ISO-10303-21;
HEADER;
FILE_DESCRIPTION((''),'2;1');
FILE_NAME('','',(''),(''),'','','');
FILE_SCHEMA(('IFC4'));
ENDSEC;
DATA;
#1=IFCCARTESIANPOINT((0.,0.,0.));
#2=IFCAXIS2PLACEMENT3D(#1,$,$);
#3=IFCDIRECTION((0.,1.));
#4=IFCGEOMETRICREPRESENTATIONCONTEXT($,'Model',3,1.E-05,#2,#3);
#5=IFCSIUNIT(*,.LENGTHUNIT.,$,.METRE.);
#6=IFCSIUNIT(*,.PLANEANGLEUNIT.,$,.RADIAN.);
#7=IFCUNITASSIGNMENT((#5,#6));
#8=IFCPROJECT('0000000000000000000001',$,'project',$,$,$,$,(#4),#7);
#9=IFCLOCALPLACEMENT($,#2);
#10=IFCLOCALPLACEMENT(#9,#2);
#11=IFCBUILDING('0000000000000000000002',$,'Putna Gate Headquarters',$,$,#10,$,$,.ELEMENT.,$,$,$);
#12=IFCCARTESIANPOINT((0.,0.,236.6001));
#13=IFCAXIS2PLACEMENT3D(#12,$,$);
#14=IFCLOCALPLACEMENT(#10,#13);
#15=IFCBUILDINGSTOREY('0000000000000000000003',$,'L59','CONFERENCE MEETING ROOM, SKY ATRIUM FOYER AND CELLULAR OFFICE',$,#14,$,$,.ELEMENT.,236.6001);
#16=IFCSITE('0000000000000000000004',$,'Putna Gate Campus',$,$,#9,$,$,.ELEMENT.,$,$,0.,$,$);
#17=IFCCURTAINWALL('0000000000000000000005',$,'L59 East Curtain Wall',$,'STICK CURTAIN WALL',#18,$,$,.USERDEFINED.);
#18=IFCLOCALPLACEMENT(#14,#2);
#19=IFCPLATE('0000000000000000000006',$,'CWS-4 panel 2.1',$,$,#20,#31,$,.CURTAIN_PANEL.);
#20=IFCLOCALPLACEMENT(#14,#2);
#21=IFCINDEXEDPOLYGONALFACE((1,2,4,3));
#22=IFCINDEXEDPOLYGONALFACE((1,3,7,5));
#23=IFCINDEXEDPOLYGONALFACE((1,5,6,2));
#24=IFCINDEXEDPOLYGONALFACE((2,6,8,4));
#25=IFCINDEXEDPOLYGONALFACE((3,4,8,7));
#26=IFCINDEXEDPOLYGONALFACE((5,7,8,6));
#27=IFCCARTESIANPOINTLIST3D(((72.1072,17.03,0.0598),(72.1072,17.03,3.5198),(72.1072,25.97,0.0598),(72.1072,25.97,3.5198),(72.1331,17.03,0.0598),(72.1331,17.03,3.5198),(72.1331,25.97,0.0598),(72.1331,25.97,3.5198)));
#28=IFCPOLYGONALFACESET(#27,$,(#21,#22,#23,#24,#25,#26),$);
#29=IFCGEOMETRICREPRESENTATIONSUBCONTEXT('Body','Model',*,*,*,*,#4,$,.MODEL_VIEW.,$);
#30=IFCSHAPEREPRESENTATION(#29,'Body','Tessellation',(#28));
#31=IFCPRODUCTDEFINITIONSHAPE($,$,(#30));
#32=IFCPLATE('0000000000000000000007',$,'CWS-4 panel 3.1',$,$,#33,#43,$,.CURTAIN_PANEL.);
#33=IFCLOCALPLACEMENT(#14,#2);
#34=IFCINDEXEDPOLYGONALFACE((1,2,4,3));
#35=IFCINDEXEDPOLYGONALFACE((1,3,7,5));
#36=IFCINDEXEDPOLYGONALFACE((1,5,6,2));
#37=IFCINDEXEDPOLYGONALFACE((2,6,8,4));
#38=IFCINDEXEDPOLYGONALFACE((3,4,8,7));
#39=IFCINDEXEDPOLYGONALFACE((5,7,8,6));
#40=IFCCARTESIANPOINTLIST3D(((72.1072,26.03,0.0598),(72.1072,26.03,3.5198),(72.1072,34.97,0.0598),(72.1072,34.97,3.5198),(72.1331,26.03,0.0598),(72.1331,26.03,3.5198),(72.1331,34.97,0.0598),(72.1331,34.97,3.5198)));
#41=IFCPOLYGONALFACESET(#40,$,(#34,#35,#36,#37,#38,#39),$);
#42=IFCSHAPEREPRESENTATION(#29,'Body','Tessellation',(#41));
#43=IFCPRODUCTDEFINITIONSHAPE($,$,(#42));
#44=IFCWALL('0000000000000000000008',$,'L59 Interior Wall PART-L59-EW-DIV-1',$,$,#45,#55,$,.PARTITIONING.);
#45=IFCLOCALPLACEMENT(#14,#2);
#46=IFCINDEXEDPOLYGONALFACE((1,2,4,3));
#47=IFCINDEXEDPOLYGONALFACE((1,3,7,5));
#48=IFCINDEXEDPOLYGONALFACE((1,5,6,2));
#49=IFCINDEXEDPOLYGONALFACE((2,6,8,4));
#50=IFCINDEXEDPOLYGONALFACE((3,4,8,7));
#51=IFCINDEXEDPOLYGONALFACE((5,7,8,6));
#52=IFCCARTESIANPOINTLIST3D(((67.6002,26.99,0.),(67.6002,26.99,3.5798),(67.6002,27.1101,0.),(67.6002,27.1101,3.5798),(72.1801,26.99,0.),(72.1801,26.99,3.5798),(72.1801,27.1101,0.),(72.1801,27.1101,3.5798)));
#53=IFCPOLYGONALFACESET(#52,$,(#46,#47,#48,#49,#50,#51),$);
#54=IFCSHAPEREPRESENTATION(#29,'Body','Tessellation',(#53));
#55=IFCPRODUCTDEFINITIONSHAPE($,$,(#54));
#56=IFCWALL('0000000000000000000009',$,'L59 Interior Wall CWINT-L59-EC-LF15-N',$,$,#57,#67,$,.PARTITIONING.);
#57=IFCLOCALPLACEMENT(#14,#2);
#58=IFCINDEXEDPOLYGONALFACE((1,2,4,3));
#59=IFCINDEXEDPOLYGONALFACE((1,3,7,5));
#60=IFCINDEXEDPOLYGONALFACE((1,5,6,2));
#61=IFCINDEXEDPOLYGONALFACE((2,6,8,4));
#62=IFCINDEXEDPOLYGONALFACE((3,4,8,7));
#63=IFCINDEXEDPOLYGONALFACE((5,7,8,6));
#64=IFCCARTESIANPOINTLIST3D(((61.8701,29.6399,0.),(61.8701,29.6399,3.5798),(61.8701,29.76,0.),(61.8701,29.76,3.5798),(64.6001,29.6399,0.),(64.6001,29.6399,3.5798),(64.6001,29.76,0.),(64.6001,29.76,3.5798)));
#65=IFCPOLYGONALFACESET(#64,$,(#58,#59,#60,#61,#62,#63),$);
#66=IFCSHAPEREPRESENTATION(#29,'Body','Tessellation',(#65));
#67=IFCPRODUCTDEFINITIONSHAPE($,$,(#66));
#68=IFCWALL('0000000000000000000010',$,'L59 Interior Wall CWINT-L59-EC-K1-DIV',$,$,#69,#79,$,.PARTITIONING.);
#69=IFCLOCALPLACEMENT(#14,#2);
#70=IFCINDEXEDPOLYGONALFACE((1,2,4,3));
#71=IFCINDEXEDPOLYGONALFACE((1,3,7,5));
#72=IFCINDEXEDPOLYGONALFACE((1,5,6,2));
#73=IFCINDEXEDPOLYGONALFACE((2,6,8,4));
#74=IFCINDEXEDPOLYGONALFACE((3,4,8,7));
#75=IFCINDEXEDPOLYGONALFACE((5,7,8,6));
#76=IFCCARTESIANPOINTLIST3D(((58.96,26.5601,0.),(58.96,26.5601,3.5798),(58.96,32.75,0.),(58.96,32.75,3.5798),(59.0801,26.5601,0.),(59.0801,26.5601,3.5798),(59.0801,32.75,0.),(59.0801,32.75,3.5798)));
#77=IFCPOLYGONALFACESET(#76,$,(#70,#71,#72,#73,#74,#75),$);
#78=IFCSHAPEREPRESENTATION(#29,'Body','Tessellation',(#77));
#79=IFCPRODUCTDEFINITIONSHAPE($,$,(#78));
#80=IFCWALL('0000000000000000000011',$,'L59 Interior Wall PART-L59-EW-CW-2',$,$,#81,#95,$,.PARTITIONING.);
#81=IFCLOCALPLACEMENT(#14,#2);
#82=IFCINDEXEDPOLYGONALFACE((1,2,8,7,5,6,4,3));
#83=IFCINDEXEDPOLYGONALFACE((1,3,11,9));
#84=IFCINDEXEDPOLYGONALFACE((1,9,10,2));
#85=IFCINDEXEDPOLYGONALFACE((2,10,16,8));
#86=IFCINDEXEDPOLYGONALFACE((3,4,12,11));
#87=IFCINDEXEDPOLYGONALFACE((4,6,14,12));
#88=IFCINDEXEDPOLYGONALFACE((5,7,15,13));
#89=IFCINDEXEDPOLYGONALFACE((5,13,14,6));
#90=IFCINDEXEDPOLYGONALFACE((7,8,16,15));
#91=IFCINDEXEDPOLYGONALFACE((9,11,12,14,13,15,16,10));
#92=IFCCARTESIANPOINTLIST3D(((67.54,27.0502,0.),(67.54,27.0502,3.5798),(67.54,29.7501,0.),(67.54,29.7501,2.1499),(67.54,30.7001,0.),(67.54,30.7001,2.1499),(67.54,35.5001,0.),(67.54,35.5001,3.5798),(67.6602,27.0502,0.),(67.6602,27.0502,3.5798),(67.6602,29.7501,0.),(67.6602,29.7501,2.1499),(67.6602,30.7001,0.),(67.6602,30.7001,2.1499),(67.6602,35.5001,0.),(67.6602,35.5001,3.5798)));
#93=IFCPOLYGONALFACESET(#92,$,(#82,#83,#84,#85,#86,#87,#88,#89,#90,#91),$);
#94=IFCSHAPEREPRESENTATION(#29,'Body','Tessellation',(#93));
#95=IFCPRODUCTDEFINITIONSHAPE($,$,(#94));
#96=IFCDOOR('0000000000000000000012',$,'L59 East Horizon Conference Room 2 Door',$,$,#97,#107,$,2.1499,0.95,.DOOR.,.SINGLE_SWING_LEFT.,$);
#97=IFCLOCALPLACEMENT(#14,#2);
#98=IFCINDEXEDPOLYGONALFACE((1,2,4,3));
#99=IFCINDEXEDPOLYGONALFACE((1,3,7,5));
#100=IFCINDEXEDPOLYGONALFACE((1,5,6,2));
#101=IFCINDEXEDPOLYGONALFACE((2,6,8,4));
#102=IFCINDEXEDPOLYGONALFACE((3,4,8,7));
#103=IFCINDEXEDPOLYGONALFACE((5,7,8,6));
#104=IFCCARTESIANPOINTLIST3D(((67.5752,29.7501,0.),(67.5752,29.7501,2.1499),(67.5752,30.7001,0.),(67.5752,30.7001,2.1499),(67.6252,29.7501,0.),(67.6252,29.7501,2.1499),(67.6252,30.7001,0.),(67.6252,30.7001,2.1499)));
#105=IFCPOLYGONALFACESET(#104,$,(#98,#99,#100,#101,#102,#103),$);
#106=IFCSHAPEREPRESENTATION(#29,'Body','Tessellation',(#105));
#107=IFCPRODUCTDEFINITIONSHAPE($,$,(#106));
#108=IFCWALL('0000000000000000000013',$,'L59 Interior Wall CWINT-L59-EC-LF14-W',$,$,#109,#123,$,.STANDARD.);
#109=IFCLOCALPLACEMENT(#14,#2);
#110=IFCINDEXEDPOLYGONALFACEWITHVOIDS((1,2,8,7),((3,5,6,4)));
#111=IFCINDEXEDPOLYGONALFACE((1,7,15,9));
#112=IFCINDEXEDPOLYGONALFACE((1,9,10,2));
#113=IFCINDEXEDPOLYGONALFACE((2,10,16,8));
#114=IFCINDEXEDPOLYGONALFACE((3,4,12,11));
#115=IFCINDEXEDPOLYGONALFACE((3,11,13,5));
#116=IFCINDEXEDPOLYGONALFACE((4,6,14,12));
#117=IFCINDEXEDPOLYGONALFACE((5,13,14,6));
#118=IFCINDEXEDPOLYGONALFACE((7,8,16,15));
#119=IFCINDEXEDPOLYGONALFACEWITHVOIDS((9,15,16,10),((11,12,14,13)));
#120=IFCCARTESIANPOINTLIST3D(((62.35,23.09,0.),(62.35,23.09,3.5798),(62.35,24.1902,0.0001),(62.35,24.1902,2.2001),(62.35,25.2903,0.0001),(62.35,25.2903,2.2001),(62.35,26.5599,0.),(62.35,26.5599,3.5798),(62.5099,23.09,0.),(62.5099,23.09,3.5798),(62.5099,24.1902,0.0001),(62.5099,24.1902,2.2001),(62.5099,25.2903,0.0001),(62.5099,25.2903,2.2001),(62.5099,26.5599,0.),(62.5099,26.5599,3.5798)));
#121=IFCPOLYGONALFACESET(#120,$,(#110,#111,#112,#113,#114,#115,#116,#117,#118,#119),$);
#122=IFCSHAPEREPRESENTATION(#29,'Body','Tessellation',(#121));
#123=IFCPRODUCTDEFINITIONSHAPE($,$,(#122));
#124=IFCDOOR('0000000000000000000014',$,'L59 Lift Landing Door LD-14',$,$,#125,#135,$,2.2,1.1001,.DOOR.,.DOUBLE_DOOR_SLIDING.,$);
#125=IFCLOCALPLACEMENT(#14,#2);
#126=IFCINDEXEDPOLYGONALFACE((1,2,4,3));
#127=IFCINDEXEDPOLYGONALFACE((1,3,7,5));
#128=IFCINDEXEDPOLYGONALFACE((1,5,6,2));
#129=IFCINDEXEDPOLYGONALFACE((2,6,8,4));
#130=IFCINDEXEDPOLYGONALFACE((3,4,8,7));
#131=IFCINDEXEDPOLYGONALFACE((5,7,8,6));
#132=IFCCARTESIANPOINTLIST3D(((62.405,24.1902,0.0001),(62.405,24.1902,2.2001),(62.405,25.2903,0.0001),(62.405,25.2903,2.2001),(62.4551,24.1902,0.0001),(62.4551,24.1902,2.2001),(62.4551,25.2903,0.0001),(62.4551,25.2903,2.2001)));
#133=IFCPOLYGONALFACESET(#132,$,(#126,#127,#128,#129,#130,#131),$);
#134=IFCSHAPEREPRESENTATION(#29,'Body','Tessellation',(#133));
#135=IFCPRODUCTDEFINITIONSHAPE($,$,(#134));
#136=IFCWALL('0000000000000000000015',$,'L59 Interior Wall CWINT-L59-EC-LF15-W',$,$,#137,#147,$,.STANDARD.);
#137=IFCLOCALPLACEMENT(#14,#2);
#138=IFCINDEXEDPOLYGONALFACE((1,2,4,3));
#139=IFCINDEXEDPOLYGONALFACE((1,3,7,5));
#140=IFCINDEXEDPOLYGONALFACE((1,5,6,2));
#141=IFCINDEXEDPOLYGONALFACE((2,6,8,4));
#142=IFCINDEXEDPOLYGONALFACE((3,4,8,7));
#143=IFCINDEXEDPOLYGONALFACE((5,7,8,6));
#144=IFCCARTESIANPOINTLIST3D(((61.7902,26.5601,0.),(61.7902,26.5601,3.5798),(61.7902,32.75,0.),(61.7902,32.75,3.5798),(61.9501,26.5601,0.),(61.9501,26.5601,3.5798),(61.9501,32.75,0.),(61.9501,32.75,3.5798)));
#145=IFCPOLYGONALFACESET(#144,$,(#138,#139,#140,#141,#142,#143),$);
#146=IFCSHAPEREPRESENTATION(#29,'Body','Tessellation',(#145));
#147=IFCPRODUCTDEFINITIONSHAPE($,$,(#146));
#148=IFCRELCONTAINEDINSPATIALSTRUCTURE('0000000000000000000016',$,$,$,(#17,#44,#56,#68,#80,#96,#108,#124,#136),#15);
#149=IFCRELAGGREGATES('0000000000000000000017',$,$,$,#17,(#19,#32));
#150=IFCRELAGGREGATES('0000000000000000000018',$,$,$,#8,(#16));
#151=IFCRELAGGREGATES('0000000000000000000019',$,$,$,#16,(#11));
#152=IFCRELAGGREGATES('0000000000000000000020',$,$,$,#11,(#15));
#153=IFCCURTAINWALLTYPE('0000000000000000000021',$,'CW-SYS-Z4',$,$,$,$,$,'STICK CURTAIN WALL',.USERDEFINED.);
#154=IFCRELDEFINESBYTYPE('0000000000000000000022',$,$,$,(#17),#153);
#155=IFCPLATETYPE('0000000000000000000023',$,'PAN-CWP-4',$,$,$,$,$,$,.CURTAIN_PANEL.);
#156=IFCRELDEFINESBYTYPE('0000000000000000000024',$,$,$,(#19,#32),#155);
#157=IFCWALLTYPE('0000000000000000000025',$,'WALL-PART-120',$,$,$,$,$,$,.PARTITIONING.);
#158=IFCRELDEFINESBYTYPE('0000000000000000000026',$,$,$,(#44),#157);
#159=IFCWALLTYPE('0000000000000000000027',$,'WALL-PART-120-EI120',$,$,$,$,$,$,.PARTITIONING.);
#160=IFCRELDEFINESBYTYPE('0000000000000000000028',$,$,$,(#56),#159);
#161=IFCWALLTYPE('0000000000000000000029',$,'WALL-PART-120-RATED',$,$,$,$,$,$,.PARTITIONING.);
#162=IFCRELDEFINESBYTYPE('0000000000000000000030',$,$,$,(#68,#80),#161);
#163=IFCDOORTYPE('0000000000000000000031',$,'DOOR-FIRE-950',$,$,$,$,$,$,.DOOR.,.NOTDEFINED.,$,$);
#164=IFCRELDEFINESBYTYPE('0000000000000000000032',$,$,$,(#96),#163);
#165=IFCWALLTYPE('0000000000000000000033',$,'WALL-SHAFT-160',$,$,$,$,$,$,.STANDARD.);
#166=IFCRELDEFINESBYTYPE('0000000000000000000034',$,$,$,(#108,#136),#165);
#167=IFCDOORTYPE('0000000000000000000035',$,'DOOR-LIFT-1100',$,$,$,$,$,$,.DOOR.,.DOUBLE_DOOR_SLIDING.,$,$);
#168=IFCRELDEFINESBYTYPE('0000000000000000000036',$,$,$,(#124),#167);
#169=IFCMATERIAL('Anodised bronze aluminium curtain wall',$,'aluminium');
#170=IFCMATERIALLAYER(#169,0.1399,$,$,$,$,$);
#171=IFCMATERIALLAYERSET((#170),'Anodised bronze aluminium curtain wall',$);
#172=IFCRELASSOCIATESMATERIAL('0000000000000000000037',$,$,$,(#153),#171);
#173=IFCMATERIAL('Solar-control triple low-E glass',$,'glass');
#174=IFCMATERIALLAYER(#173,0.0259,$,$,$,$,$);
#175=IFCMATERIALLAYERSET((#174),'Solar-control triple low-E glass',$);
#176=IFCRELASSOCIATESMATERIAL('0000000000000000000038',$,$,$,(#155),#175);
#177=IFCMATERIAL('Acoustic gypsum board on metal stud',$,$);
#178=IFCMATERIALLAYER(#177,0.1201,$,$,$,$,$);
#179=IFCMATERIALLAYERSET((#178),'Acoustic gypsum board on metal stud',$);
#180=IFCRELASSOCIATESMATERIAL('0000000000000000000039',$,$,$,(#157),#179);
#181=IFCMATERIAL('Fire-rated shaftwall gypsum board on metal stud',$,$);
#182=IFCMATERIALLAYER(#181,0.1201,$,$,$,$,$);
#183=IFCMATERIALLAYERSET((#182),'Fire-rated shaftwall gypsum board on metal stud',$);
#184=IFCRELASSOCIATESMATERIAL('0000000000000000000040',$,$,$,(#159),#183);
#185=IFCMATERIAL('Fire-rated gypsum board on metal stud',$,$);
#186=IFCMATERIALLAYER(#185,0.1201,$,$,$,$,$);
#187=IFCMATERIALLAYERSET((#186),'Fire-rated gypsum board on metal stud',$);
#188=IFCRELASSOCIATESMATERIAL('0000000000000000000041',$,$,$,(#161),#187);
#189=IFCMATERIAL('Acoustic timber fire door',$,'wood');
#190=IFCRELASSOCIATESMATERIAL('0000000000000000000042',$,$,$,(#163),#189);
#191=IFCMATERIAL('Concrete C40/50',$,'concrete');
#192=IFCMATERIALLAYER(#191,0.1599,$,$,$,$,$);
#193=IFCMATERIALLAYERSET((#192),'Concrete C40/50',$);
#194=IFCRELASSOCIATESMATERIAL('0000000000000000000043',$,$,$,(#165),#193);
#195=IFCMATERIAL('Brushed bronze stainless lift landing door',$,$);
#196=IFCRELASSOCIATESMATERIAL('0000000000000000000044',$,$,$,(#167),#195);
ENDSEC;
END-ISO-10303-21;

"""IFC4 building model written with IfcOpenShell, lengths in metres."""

from ifc_helpers import new_model, si_unit, direction, frame, frame_2d, origin, origin_2d, place, context, subcontext, project, spatial, rectangle, extrude, material, layer, layer_set, type_object, element, fill, aggregate, save


model = new_model("IFC4")

# Units and contexts
model_context = context("Model", 3, precision=1e-05, world=origin(), true_north=direction((0.0, 1.0)))
body_context = subcontext(model_context, "Body", "Model", "MODEL_VIEW")
ifc_project = project(units=[si_unit("LENGTHUNIT", "METRE"), si_unit("PLANEANGLEUNIT", "RADIAN")], contexts=[model_context])

# Site, building, storey
site_placement = place(None, origin())
site = spatial("IfcSite", under=ifc_project, at=site_placement, Name="Putna Gate Campus", CompositionType="ELEMENT", RefElevation=0.0)
building_placement = place(site_placement, origin())
building = spatial("IfcBuilding", under=site, at=building_placement, Name="Putna Gate Headquarters", CompositionType="ELEMENT")
storey_placement = place(building_placement, frame((0.0, 0.0, 236.6001)))
storey = spatial("IfcBuildingStorey", under=building, at=storey_placement, Name="L59", Description="CONFERENCE MEETING ROOM, SKY ATRIUM FOYER AND CELLULAR OFFICE", CompositionType="ELEMENT", Elevation=236.6001)

# Curtain wall, plates
ifc_material_1 = material(Name="Anodised bronze aluminium curtain wall", Category="aluminium")
ifc_layer_1 = layer(ifc_material_1, 0.1399)
ifc_layer_set_1 = layer_set([ifc_layer_1], Name="Anodised bronze aluminium curtain wall")
curtain_wall_type = type_object("IfcCurtainWallType", Name="CW-SYS-Z4", ElementType="STICK CURTAIN WALL", PredefinedType="USERDEFINED", material=ifc_layer_set_1)
curtain_wall_placement = place(storey_placement, origin())
curtain_wall = element("IfcCurtainWall", 1, at=curtain_wall_placement, inside=storey, type_object=curtain_wall_type, Name="L59 East Curtain Wall", ObjectType="STICK CURTAIN WALL", PredefinedType="USERDEFINED")
ifc_material_2 = material(Name="Solar-control triple low-E glass", Category="glass")
ifc_layer_2 = layer(ifc_material_2, 0.0259)
ifc_layer_set_2 = layer_set([ifc_layer_2], Name="Solar-control triple low-E glass")
plate_type = type_object("IfcPlateType", Name="PAN-CWP-4", PredefinedType="CURTAIN_PANEL", material=ifc_layer_set_2)
plate_1_placement = place(storey_placement, frame((72.1201, 21.5, 0.0598), z_axis=(0.0, 0.0, 1.0), x_axis=(0.0, 1.0, 0.0)))
plate_1 = element("IfcPlate", 2, at=plate_1_placement, type_object=plate_type, Name="CWS-4 panel 2.1", PredefinedType="CURTAIN_PANEL", context=body_context, shape_type="SweptSolid", body=[
    extrude(rectangle(XDim=8.9399, YDim=0.0259, at=origin_2d()), origin(), (0.0, 0.0, 1.0), 3.46),
])
plate_2_placement = place(storey_placement, frame((72.1201, 30.5, 0.0598), z_axis=(0.0, 0.0, 1.0), x_axis=(0.0, 1.0, 0.0)))
plate_2 = element("IfcPlate", 3, at=plate_2_placement, type_object=plate_type, Name="CWS-4 panel 3.1", PredefinedType="CURTAIN_PANEL", context=body_context, shape_type="SweptSolid", body=[
    extrude(rectangle(XDim=8.9399, YDim=0.0259, at=origin_2d()), origin(), (0.0, 0.0, 1.0), 3.46),
])
aggregate(curtain_wall, [plate_1, plate_2])

# Walls
ifc_material_3 = material(Name="Acoustic gypsum board on metal stud")
ifc_layer_3 = layer(ifc_material_3, 0.1201)
ifc_layer_set_3 = layer_set([ifc_layer_3], Name="Acoustic gypsum board on metal stud")
wall_type_1 = type_object("IfcWallType", Name="WALL-PART-120", PredefinedType="PARTITIONING", material=ifc_layer_set_3)
wall_1_placement = place(storey_placement, frame((67.6001, 27.05, 0.0), z_axis=(0.0, 0.0, 1.0), x_axis=(1.0, 0.0, 0.0)))
element("IfcWall", 4, at=wall_1_placement, inside=storey, type_object=wall_type_1, Name="L59 Interior Wall PART-L59-EW-DIV-1", PredefinedType="PARTITIONING", context=body_context, shape_type="SweptSolid", body=[
    extrude(rectangle(XDim=4.5798, YDim=0.1201, at=frame_2d((2.29, 0.0))), origin(), (0.0, 0.0, 1.0), 3.5798),
])
ifc_material_4 = material(Name="Fire-rated shaftwall gypsum board on metal stud")
ifc_layer_4 = layer(ifc_material_4, 0.1201)
ifc_layer_set_4 = layer_set([ifc_layer_4], Name="Fire-rated shaftwall gypsum board on metal stud")
wall_type_2 = type_object("IfcWallType", Name="WALL-PART-120-EI120", PredefinedType="PARTITIONING", material=ifc_layer_set_4)
wall_2_placement = place(storey_placement, frame((61.8701, 29.7, 0.0), z_axis=(0.0, 0.0, 1.0), x_axis=(1.0, 0.0, 0.0)))
element("IfcWall", 5, at=wall_2_placement, inside=storey, type_object=wall_type_2, Name="L59 Interior Wall CWINT-L59-EC-LF15-N", PredefinedType="PARTITIONING", context=body_context, shape_type="SweptSolid", body=[
    extrude(rectangle(XDim=2.73, YDim=0.1201, at=frame_2d((1.365, 0.0))), origin(), (0.0, 0.0, 1.0), 3.5798),
])
ifc_material_5 = material(Name="Fire-rated gypsum board on metal stud")
ifc_layer_5 = layer(ifc_material_5, 0.1201)
ifc_layer_set_5 = layer_set([ifc_layer_5], Name="Fire-rated gypsum board on metal stud")
wall_type_3 = type_object("IfcWallType", Name="WALL-PART-120-RATED", PredefinedType="PARTITIONING", material=ifc_layer_set_5)
wall_3_placement = place(storey_placement, frame((59.02, 26.5601, 0.0), z_axis=(0.0, 0.0, 1.0), x_axis=(0.0, 1.0, 0.0)))
element("IfcWall", 6, at=wall_3_placement, inside=storey, type_object=wall_type_3, Name="L59 Interior Wall CWINT-L59-EC-K1-DIV", PredefinedType="PARTITIONING", context=body_context, shape_type="SweptSolid", body=[
    extrude(rectangle(XDim=6.1899, YDim=0.1201, at=frame_2d((3.095, 0.0))), origin(), (0.0, 0.0, 1.0), 3.5798),
])

# Walls, openings, doors
wall_4_placement = place(storey_placement, frame((67.6001, 27.05, 0.0), z_axis=(0.0, 0.0, 1.0), x_axis=(0.0, 1.0, 0.0)))
wall_4 = element("IfcWall", 7, at=wall_4_placement, inside=storey, type_object=wall_type_3, Name="L59 Interior Wall PART-L59-EW-CW-2", PredefinedType="PARTITIONING", context=body_context, shape_type="SweptSolid", body=[
    extrude(rectangle(XDim=8.45, YDim=0.1201, at=frame_2d((4.2251, 0.0))), origin(), (0.0, 0.0, 1.0), 3.5798),
])
opening_1_placement = place(wall_4_placement, frame((2.7, 0.0, 0.0)))
opening_1 = element("IfcOpeningElement", 8, at=opening_1_placement, cuts=wall_4, PredefinedType="OPENING", context=body_context, shape_type="SweptSolid", body=[
    extrude(rectangle(XDim=0.95, YDim=2.1499, at=frame_2d((0.4751, 1.075))), frame((0.0, 0.0701, 0.0), z_axis=(0.0, -1.0, 0.0), x_axis=(1.0, 0.0, 0.0)), (0.0, 0.0, 1.0), 0.1401),
])
ifc_material_6 = material(Name="Acoustic timber fire door", Category="wood")
door_type_1 = type_object("IfcDoorType", Name="DOOR-FIRE-950", OperationType="NOTDEFINED", PredefinedType="DOOR", material=ifc_material_6)
door_1_placement = place(opening_1_placement, origin())
door_1 = element("IfcDoor", 9, at=door_1_placement, inside=storey, type_object=door_type_1, Name="L59 East Horizon Conference Room 2 Door", OperationType="SINGLE_SWING_LEFT", OverallHeight=2.1499, OverallWidth=0.95, PredefinedType="DOOR", context=body_context, shape_type="SweptSolid", body=[
    extrude(rectangle(XDim=0.95, YDim=2.1499, at=frame_2d((0.4751, 1.075))), frame((0.0, 0.0249, 0.0), z_axis=(0.0, -1.0, 0.0), x_axis=(1.0, 0.0, 0.0)), (0.0, 0.0, 1.0), 0.05),
])
fill(opening_1, door_1)
ifc_material_7 = material(Name="Concrete C40/50", Category="concrete")
ifc_layer_6 = layer(ifc_material_7, 0.1599)
ifc_layer_set_6 = layer_set([ifc_layer_6], Name="Concrete C40/50")
wall_type_4 = type_object("IfcWallType", Name="WALL-SHAFT-160", PredefinedType="STANDARD", material=ifc_layer_set_6)
wall_5_placement = place(storey_placement, frame((62.4299, 23.0901, 0.0), z_axis=(0.0, 0.0, 1.0), x_axis=(0.0, 1.0, 0.0)))
wall_5 = element("IfcWall", 10, at=wall_5_placement, inside=storey, type_object=wall_type_4, Name="L59 Interior Wall CWINT-L59-EC-LF14-W", PredefinedType="STANDARD", context=body_context, shape_type="SweptSolid", body=[
    extrude(rectangle(XDim=3.47, YDim=0.1599, at=frame_2d((1.7349, 0.0))), origin(), (0.0, 0.0, 1.0), 3.5798),
])
opening_2_placement = place(wall_5_placement, frame((1.1001, 0.0, 0.0)))
opening_2 = element("IfcOpeningElement", 11, at=opening_2_placement, cuts=wall_5, PredefinedType="OPENING", context=body_context, shape_type="SweptSolid", body=[
    extrude(rectangle(XDim=1.1001, YDim=2.2, at=frame_2d((0.55, 1.1001))), frame((0.0, 0.0898, 0.0), z_axis=(0.0, -1.0, 0.0), x_axis=(1.0, 0.0, 0.0)), (0.0, 0.0, 1.0), 0.1799),
])
ifc_material_8 = material(Name="Brushed bronze stainless lift landing door")
door_type_2 = type_object("IfcDoorType", Name="DOOR-LIFT-1100", OperationType="DOUBLE_DOOR_SLIDING", PredefinedType="DOOR", material=ifc_material_8)
door_2_placement = place(opening_2_placement, origin())
door_2 = element("IfcDoor", 12, at=door_2_placement, inside=storey, type_object=door_type_2, Name="L59 Lift Landing Door LD-14", OperationType="DOUBLE_DOOR_SLIDING", OverallHeight=2.2, OverallWidth=1.1001, PredefinedType="DOOR", context=body_context, shape_type="SweptSolid", body=[
    extrude(rectangle(XDim=1.1001, YDim=2.2, at=frame_2d((0.55, 1.1001))), frame((0.0, 0.0249, 0.0), z_axis=(0.0, -1.0, 0.0), x_axis=(1.0, 0.0, 0.0)), (0.0, 0.0, 1.0), 0.05),
])
fill(opening_2, door_2)

# Wall
wall_6_placement = place(storey_placement, frame((61.8701, 26.5601, 0.0), z_axis=(0.0, 0.0, 1.0), x_axis=(0.0, 1.0, 0.0)))
element("IfcWall", 13, at=wall_6_placement, inside=storey, type_object=wall_type_4, Name="L59 Interior Wall CWINT-L59-EC-LF15-W", PredefinedType="STANDARD", context=body_context, shape_type="SweptSolid", body=[
    extrude(rectangle(XDim=6.1899, YDim=0.1599, at=frame_2d((3.095, 0.0))), origin(), (0.0, 0.0, 1.0), 3.5798),
])

save(model, "model.ifc")
